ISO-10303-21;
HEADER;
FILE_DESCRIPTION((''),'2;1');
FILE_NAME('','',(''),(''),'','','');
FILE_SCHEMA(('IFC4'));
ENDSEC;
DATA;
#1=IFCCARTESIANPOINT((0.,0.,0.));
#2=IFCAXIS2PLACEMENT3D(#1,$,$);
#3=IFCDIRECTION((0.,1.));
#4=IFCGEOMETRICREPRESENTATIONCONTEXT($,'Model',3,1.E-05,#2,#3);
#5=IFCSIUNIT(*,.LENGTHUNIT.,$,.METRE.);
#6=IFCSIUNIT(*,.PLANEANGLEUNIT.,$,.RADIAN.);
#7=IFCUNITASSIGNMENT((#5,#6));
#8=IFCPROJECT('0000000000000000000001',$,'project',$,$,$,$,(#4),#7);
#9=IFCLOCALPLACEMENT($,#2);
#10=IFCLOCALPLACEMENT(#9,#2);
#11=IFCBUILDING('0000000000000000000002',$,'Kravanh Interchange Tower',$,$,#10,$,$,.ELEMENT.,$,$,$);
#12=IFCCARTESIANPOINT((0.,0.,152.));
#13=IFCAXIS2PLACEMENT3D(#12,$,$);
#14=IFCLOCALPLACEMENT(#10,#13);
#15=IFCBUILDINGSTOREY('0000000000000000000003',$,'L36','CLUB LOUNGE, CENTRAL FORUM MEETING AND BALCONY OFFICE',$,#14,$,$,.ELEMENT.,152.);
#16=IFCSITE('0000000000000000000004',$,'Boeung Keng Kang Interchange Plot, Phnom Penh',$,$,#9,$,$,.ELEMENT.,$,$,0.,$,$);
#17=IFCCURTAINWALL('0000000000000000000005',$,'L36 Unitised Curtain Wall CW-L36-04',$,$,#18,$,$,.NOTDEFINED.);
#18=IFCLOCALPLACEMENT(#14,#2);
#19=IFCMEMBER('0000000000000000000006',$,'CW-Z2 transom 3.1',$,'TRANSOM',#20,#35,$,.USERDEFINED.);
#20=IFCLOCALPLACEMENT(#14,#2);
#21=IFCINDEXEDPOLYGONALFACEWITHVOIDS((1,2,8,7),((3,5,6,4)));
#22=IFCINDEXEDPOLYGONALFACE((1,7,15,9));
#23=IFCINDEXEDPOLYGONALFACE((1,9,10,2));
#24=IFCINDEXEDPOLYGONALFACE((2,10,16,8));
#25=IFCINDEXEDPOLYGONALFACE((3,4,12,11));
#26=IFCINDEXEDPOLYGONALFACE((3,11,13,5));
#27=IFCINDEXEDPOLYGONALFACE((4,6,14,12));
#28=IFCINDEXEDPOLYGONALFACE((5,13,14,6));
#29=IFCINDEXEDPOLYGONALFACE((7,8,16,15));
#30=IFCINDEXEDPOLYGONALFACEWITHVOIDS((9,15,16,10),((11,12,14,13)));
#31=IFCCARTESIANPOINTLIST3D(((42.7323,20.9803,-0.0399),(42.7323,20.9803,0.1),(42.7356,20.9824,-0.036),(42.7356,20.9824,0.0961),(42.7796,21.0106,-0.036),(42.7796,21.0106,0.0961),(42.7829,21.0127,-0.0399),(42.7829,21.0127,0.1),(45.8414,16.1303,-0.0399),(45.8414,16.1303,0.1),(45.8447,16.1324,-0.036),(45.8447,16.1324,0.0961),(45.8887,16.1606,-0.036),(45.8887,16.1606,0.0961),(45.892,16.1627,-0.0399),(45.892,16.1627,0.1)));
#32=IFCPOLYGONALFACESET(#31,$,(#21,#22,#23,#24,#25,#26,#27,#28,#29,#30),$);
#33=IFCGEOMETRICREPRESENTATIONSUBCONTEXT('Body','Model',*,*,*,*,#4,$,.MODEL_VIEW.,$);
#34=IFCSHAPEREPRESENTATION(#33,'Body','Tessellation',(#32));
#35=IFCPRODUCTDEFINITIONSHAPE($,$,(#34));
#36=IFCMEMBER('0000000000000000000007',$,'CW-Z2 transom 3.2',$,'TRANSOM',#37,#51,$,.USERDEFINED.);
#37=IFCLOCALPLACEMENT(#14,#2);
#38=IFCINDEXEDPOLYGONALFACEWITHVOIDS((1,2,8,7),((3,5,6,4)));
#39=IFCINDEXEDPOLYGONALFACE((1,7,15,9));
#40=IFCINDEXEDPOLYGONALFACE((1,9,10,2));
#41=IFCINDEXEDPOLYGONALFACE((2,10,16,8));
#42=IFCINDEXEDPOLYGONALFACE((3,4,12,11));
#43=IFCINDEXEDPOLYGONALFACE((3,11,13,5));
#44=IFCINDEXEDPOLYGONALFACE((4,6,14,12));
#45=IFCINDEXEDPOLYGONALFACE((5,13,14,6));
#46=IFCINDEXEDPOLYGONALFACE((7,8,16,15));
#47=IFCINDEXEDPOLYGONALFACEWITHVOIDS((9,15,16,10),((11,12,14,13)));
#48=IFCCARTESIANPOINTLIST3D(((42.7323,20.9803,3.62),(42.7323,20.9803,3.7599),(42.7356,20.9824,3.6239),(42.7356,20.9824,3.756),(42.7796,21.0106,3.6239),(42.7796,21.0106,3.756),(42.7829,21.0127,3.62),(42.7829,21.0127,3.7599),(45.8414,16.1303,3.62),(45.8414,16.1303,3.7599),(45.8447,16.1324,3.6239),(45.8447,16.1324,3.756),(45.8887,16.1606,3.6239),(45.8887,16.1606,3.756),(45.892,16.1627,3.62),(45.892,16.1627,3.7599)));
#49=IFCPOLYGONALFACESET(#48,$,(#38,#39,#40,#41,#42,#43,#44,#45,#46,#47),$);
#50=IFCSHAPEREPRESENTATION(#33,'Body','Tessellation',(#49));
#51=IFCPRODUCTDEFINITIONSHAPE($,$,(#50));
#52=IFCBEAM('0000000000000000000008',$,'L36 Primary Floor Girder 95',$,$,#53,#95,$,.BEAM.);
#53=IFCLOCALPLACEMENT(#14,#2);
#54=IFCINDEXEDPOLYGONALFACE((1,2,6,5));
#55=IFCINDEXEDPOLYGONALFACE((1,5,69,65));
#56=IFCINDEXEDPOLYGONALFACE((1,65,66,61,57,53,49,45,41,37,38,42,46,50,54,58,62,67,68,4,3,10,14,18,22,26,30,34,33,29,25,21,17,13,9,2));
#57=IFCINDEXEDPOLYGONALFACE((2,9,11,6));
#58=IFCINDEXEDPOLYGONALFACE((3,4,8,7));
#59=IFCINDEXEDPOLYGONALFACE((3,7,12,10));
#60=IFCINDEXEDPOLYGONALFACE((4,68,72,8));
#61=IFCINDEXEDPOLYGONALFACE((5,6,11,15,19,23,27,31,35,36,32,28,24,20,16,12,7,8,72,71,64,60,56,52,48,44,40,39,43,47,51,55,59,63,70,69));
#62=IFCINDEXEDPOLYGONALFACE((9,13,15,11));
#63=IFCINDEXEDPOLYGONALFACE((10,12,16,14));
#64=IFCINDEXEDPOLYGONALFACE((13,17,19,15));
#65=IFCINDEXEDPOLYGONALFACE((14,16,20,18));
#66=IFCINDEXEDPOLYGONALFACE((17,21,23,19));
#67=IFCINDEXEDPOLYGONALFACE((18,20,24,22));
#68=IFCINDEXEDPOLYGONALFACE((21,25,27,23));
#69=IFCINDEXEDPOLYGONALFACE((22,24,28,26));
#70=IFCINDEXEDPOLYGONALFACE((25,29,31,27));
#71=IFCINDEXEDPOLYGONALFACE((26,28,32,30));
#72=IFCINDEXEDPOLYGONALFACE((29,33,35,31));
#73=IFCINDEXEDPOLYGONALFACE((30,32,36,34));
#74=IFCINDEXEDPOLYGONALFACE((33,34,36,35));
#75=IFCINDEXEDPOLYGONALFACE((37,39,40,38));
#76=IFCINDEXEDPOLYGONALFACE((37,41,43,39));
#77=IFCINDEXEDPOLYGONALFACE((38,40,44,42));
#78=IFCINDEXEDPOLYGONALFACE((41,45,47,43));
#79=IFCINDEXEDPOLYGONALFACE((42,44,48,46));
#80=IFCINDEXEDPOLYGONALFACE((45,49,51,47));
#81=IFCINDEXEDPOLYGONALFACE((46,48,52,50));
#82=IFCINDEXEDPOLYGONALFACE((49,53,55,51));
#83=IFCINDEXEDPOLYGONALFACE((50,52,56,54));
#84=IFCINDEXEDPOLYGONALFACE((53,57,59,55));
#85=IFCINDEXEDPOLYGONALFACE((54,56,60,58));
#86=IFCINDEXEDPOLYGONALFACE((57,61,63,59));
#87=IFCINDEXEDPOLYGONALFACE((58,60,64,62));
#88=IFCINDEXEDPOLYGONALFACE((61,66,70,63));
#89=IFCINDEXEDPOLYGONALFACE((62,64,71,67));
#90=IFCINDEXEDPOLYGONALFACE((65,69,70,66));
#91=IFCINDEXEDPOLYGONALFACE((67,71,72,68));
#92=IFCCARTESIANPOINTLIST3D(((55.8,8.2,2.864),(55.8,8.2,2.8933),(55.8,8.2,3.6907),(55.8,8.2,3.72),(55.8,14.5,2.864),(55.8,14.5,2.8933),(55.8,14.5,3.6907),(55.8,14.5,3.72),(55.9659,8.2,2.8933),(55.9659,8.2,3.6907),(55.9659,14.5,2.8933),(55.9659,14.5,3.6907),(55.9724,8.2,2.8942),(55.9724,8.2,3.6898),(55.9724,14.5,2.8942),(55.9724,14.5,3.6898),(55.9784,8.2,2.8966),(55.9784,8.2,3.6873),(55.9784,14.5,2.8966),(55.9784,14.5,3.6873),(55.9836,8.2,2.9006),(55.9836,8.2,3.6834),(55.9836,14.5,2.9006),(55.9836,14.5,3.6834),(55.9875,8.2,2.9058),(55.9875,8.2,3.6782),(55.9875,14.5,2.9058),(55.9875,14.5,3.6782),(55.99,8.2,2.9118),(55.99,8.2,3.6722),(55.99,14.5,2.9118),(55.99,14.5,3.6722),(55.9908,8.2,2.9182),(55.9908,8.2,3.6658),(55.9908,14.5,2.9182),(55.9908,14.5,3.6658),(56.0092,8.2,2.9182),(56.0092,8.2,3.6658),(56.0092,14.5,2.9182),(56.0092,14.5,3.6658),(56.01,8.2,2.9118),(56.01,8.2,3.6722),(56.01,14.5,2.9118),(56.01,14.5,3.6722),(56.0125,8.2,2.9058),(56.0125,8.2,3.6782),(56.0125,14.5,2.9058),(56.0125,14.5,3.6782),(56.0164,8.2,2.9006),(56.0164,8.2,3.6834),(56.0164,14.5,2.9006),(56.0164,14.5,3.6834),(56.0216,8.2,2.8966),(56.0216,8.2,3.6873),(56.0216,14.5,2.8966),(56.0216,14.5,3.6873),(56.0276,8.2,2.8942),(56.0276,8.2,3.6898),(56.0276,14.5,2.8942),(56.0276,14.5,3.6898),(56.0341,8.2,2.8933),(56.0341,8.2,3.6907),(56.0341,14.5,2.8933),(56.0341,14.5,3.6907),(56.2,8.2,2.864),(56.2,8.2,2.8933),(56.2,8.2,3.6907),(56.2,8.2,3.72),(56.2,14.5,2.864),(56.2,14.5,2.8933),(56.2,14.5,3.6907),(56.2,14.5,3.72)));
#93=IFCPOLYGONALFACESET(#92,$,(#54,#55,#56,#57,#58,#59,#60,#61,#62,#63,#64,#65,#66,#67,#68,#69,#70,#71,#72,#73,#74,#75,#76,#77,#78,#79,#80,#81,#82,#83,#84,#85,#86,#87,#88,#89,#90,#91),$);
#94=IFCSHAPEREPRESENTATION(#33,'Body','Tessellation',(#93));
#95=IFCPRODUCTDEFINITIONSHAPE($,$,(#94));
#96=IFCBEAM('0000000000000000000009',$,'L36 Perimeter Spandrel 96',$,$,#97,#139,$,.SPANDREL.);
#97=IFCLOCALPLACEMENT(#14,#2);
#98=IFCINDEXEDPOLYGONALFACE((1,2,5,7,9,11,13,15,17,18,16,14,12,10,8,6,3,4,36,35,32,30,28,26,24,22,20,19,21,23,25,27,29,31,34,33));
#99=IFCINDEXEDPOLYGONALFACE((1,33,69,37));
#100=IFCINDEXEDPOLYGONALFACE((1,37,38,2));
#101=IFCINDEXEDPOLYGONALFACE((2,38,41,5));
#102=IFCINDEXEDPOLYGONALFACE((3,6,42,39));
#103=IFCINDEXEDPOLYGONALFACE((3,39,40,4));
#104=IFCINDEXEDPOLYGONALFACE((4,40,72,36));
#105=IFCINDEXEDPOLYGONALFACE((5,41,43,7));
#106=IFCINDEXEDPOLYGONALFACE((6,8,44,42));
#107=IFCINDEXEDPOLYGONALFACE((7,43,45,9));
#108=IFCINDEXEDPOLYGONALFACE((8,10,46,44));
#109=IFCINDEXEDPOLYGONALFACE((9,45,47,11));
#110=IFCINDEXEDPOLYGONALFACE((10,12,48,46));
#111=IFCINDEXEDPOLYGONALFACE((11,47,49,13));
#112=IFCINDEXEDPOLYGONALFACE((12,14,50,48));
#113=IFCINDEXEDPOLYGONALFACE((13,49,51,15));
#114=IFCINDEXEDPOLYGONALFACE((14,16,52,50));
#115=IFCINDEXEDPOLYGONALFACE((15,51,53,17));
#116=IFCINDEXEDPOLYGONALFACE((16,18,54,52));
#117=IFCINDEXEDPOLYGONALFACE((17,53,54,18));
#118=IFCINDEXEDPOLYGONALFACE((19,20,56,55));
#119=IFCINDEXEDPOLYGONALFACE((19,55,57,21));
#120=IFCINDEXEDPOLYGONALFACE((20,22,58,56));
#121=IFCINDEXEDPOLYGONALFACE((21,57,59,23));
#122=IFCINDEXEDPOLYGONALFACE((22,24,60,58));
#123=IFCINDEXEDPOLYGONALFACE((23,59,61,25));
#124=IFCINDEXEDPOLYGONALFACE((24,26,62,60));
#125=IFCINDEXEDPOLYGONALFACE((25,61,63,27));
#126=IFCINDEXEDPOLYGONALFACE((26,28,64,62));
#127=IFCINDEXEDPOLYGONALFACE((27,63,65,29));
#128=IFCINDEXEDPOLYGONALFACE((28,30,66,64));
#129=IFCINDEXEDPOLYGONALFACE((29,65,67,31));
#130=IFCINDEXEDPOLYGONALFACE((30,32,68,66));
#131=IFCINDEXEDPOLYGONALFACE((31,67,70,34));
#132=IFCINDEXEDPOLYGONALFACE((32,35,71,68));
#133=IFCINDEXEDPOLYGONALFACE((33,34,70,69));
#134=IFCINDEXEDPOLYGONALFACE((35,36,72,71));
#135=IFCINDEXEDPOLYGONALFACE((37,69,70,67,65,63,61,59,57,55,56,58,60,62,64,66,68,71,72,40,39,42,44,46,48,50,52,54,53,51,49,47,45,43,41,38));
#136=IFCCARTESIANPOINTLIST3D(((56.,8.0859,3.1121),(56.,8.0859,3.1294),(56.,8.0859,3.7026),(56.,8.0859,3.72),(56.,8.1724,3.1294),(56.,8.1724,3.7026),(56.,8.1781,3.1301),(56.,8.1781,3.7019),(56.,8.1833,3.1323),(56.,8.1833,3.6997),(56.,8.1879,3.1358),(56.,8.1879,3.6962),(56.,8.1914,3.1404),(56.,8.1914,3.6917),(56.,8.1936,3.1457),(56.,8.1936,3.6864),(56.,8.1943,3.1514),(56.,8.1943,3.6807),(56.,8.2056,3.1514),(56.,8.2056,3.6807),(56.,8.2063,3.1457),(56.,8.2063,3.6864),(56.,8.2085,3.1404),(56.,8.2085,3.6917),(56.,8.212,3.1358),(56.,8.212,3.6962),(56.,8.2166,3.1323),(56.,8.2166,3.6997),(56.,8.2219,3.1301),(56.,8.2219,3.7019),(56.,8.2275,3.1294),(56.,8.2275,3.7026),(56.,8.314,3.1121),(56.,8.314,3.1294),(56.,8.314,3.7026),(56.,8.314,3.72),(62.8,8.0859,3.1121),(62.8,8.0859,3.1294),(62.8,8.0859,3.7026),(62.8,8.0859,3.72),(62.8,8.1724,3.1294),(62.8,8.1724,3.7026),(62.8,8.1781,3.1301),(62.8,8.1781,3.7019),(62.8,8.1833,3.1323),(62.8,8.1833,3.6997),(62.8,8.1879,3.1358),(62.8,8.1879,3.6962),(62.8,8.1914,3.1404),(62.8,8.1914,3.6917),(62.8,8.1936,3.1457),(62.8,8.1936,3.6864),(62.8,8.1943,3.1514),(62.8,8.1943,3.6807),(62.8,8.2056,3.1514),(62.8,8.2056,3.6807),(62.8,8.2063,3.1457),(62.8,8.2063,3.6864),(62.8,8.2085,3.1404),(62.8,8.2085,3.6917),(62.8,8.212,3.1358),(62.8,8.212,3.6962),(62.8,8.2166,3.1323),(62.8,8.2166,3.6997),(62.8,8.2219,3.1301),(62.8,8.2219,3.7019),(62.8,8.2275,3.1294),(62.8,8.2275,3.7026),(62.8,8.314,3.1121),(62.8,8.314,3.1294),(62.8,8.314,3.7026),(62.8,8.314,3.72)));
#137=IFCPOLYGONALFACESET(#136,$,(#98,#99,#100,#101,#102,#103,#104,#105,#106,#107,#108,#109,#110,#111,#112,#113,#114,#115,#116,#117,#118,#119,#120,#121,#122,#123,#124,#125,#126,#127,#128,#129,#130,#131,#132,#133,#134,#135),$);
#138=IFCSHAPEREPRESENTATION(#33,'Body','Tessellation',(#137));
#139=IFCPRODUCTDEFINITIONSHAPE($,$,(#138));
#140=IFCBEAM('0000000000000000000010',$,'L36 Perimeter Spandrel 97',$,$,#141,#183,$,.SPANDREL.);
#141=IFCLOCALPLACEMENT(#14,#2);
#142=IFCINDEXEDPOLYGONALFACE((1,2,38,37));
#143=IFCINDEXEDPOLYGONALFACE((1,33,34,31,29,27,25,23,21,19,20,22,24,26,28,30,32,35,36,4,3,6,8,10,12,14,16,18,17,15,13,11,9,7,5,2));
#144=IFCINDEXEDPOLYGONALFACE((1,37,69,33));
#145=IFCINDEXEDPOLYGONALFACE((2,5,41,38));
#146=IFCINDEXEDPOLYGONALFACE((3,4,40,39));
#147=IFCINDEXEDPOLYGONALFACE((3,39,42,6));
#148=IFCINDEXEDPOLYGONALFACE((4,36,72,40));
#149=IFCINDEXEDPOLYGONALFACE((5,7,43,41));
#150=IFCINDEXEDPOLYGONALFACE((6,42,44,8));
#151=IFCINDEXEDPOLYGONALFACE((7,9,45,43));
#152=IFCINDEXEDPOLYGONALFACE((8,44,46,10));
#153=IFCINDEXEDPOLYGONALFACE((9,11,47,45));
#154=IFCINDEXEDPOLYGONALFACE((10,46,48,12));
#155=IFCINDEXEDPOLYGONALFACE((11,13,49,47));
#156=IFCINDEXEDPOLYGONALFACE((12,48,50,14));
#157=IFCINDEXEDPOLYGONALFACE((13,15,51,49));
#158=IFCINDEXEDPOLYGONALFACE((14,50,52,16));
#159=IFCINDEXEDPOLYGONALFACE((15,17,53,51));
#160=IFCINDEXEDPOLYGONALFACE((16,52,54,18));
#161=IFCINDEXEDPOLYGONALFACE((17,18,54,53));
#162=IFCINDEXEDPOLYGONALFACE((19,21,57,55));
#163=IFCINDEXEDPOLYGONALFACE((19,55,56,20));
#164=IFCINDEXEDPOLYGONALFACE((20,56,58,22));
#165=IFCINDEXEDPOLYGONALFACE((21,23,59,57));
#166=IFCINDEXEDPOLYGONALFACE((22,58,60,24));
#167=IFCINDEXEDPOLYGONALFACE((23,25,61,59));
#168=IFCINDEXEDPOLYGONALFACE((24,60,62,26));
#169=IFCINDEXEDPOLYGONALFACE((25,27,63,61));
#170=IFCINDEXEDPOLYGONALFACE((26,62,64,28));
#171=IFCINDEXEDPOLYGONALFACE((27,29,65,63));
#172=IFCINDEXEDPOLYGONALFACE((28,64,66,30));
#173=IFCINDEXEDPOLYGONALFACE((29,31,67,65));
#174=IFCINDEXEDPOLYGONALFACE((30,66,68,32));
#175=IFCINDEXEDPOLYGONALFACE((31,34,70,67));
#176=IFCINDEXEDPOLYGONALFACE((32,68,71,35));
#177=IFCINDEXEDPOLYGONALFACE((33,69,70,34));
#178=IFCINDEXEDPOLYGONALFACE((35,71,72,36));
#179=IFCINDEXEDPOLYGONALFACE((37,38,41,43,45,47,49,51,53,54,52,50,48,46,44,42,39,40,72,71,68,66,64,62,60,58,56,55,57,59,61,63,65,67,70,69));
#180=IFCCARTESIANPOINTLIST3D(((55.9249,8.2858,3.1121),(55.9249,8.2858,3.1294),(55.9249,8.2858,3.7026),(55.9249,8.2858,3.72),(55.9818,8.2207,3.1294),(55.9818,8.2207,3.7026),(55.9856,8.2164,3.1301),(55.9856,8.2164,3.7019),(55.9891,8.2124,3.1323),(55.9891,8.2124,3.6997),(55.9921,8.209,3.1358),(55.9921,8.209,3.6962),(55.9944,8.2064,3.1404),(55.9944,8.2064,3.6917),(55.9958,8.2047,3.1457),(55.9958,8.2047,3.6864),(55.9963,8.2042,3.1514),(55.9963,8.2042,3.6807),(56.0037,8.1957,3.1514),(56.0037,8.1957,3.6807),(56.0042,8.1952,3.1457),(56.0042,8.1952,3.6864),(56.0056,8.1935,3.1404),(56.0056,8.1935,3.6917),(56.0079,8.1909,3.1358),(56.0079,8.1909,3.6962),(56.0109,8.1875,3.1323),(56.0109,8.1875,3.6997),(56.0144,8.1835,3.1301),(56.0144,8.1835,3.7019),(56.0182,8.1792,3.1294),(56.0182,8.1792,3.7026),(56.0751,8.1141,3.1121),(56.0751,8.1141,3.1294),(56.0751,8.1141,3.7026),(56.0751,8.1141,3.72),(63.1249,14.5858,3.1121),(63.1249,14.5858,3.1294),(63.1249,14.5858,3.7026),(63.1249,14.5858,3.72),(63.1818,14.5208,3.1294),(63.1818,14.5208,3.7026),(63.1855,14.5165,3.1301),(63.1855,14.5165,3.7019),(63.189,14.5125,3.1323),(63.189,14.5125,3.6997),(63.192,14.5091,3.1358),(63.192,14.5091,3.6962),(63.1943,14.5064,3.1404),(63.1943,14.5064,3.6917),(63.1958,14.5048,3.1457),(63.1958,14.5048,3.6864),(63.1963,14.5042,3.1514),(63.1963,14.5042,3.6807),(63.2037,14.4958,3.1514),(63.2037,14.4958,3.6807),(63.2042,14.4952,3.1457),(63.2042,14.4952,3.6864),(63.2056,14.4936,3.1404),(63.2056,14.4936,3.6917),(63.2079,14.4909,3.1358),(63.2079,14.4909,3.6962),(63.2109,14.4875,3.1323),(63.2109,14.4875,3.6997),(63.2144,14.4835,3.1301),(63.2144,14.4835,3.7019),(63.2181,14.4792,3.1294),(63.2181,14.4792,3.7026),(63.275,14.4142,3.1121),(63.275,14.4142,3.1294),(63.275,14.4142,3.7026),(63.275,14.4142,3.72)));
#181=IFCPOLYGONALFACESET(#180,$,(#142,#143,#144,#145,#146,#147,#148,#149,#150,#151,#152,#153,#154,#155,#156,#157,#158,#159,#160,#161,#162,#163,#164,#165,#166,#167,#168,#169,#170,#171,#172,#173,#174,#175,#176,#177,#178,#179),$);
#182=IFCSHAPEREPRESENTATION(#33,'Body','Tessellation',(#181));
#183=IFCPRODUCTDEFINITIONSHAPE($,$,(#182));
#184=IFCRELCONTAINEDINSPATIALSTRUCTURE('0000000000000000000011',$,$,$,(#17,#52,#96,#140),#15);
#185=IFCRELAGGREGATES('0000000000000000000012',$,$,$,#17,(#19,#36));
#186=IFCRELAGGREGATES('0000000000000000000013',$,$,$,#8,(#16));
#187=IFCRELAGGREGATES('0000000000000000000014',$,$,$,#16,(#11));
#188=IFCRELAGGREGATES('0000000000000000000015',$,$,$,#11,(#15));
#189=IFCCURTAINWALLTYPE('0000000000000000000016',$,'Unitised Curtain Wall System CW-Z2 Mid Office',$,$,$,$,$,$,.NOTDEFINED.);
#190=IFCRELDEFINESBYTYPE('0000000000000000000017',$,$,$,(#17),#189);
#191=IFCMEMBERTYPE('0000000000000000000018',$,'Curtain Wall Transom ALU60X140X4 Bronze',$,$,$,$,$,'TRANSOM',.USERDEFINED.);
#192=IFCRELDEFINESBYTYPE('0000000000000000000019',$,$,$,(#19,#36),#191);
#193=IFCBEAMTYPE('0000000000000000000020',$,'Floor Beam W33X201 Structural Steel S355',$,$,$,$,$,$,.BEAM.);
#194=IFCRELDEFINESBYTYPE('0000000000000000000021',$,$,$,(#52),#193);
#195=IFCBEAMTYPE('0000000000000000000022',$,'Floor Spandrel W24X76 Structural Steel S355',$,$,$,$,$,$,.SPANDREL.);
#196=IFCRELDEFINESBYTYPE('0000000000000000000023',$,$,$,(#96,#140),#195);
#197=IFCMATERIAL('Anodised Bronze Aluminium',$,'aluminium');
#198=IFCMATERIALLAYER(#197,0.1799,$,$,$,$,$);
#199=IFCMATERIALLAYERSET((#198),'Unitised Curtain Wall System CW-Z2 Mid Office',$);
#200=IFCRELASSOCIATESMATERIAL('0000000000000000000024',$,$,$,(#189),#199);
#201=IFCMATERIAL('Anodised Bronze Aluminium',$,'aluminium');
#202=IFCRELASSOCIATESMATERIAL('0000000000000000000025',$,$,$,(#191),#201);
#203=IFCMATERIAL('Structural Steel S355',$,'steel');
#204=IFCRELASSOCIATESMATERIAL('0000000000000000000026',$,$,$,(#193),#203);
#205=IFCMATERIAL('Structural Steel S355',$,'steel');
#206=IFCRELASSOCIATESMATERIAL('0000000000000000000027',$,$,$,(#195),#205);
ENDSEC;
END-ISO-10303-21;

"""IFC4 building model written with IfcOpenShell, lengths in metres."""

from ifc_helpers import new_model, si_unit, direction, frame, origin, origin_2d, place, context, subcontext, project, spatial, hollow_rectangle, i_section, extrude, material, layer, layer_set, material_profile, profile_set, type_object, element, aggregate, save


model = new_model("IFC4")

# Units and contexts
model_context = context("Model", 3, precision=1e-05, world=origin(), true_north=direction((0.0, 1.0)))
body_context = subcontext(model_context, "Body", "Model", "MODEL_VIEW")
ifc_project = project(units=[si_unit("LENGTHUNIT", "METRE"), si_unit("PLANEANGLEUNIT", "RADIAN")], contexts=[model_context])

# Site, building, storey
site_placement = place(None, origin())
site = spatial("IfcSite", under=ifc_project, at=site_placement, Name="Boeung Keng Kang Interchange Plot, Phnom Penh", CompositionType="ELEMENT", RefElevation=0.0)
building_placement = place(site_placement, origin())
building = spatial("IfcBuilding", under=site, at=building_placement, Name="Kravanh Interchange Tower", CompositionType="ELEMENT")
storey_placement = place(building_placement, frame((0.0, 0.0, 152.0)))
storey = spatial("IfcBuildingStorey", under=building, at=storey_placement, Name="L36", Description="CLUB LOUNGE, CENTRAL FORUM MEETING AND BALCONY OFFICE", CompositionType="ELEMENT", Elevation=152.0)

# Shared definitions
ifc_material_1 = material(Name="Anodised Bronze Aluminium", Category="aluminium")
ifc_layer_1 = layer(ifc_material_1, 0.1799)
ifc_layer_set_1 = layer_set([ifc_layer_1], Name="Unitised Curtain Wall System CW-Z2 Mid Office")
curtain_wall_type = type_object("IfcCurtainWallType", Name="Unitised Curtain Wall System CW-Z2 Mid Office", PredefinedType="NOTDEFINED", material=ifc_layer_set_1)

# Curtain wall, members
curtain_wall_1_placement = place(storey_placement, origin())
curtain_wall_1 = element("IfcCurtainWall", 1, at=curtain_wall_1_placement, inside=storey, type_object=curtain_wall_type, Name="L36 Unitised Curtain Wall CW-L36-04", PredefinedType="NOTDEFINED")
ifc_material_2 = material(Name="Anodised Bronze Aluminium", Category="aluminium")
ifc_material_profile_1 = material_profile(ifc_material_2, hollow_rectangle(XDim=0.0601, YDim=0.1399, WallThickness=0.0039, at=origin_2d()), Name="ALU60X140X4")
ifc_profile_set_1 = profile_set([ifc_material_profile_1], Name="Anodised Bronze Aluminium")
member_type_1 = type_object("IfcMemberType", Name="Curtain Wall Transom ALU60X140X4 Bronze", ElementType="TRANSOM", PredefinedType="USERDEFINED", material=ifc_profile_set_1)
member_1_placement = place(storey_placement, frame((45.8667, 16.1465, 0.03), z_axis=(-0.539678, 0.841872, 0.0), x_axis=(-0.841872, -0.539678, 0.0)))
member_1 = element("IfcMember", 2, at=member_1_placement, type_object=member_type_1, Name="CW-Z2 transom 3.1", ObjectType="TRANSOM", PredefinedType="USERDEFINED", context=body_context, shape_type="SweptSolid", body=[
    extrude(hollow_rectangle(XDim=0.0601, YDim=0.1399, WallThickness=0.0039, at=origin_2d()), origin(), (0.0, 0.0, 1.0), 5.761),
])
member_2_placement = place(storey_placement, frame((45.8667, 16.1465, 3.6899), z_axis=(-0.539678, 0.841872, 0.0), x_axis=(-0.841872, -0.539678, 0.0)))
member_2 = element("IfcMember", 3, at=member_2_placement, type_object=member_type_1, Name="CW-Z2 transom 3.2", ObjectType="TRANSOM", PredefinedType="USERDEFINED", context=body_context, shape_type="SweptSolid", body=[
    extrude(hollow_rectangle(XDim=0.0601, YDim=0.1399, WallThickness=0.0039, at=origin_2d()), origin(), (0.0, 0.0, 1.0), 5.761),
])

# Beams
ifc_material_3 = material(Name="Structural Steel S355", Category="steel")
ifc_material_profile_2 = material_profile(ifc_material_3, i_section(OverallWidth=0.3999, OverallDepth=0.856, WebThickness=0.0183, FlangeThickness=0.0293, FilletRadius=0.0249, at=origin_2d()), Name="W33X201")
ifc_profile_set_2 = profile_set([ifc_material_profile_2], Name="Structural Steel S355")
beam_type_1 = type_object("IfcBeamType", Name="Floor Beam W33X201 Structural Steel S355", PredefinedType="BEAM", material=ifc_profile_set_2)
beam_1_placement = place(storey_placement, frame((56.0, 8.2, 3.292), z_axis=(0.0, 1.0, 0.0), x_axis=(-1.0, 0.0, 0.0)))
element("IfcBeam", 4, at=beam_1_placement, inside=storey, type_object=beam_type_1, Name="L36 Primary Floor Girder 95", PredefinedType="BEAM", context=body_context, shape_type="SweptSolid", body=[
    extrude(i_section(OverallWidth=0.3999, OverallDepth=0.856, WebThickness=0.0183, FlangeThickness=0.0293, FilletRadius=0.0249, at=origin_2d()), origin(), (0.0, 0.0, 1.0), 6.3),
])
ifc_material_4 = material(Name="Structural Steel S355", Category="steel")
ifc_material_profile_3 = material_profile(ifc_material_4, i_section(OverallWidth=0.228, OverallDepth=0.6079, WebThickness=0.0112, FlangeThickness=0.0173, FilletRadius=0.022, at=origin_2d()), Name="W24X76")
ifc_profile_set_3 = profile_set([ifc_material_profile_3], Name="Structural Steel S355")
beam_type_2 = type_object("IfcBeamType", Name="Floor Spandrel W24X76 Structural Steel S355", PredefinedType="SPANDREL", material=ifc_profile_set_3)
beam_2_placement = place(storey_placement, frame((56.0, 8.2, 3.416), z_axis=(1.0, 0.0, 0.0), x_axis=(0.0, 1.0, 0.0)))
element("IfcBeam", 5, at=beam_2_placement, inside=storey, type_object=beam_type_2, Name="L36 Perimeter Spandrel 96", PredefinedType="SPANDREL", context=body_context, shape_type="SweptSolid", body=[
    extrude(i_section(OverallWidth=0.228, OverallDepth=0.6079, WebThickness=0.0112, FlangeThickness=0.0173, FilletRadius=0.022, at=origin_2d()), origin(), (0.0, 0.0, 1.0), 6.8),
])
beam_3_placement = place(storey_placement, frame((56.0, 8.2, 3.416), z_axis=(0.752572, 0.65851, 0.0), x_axis=(-0.65851, 0.752572, 0.0)))
element("IfcBeam", 6, at=beam_3_placement, inside=storey, type_object=beam_type_2, Name="L36 Perimeter Spandrel 97", PredefinedType="SPANDREL", context=body_context, shape_type="SweptSolid", body=[
    extrude(i_section(OverallWidth=0.228, OverallDepth=0.6079, WebThickness=0.0112, FlangeThickness=0.0173, FilletRadius=0.022, at=origin_2d()), origin(), (0.0, 0.0, 1.0), 9.5671),
])

aggregate(curtain_wall_1, [member_1, member_2])

save(model, "model.ifc")
